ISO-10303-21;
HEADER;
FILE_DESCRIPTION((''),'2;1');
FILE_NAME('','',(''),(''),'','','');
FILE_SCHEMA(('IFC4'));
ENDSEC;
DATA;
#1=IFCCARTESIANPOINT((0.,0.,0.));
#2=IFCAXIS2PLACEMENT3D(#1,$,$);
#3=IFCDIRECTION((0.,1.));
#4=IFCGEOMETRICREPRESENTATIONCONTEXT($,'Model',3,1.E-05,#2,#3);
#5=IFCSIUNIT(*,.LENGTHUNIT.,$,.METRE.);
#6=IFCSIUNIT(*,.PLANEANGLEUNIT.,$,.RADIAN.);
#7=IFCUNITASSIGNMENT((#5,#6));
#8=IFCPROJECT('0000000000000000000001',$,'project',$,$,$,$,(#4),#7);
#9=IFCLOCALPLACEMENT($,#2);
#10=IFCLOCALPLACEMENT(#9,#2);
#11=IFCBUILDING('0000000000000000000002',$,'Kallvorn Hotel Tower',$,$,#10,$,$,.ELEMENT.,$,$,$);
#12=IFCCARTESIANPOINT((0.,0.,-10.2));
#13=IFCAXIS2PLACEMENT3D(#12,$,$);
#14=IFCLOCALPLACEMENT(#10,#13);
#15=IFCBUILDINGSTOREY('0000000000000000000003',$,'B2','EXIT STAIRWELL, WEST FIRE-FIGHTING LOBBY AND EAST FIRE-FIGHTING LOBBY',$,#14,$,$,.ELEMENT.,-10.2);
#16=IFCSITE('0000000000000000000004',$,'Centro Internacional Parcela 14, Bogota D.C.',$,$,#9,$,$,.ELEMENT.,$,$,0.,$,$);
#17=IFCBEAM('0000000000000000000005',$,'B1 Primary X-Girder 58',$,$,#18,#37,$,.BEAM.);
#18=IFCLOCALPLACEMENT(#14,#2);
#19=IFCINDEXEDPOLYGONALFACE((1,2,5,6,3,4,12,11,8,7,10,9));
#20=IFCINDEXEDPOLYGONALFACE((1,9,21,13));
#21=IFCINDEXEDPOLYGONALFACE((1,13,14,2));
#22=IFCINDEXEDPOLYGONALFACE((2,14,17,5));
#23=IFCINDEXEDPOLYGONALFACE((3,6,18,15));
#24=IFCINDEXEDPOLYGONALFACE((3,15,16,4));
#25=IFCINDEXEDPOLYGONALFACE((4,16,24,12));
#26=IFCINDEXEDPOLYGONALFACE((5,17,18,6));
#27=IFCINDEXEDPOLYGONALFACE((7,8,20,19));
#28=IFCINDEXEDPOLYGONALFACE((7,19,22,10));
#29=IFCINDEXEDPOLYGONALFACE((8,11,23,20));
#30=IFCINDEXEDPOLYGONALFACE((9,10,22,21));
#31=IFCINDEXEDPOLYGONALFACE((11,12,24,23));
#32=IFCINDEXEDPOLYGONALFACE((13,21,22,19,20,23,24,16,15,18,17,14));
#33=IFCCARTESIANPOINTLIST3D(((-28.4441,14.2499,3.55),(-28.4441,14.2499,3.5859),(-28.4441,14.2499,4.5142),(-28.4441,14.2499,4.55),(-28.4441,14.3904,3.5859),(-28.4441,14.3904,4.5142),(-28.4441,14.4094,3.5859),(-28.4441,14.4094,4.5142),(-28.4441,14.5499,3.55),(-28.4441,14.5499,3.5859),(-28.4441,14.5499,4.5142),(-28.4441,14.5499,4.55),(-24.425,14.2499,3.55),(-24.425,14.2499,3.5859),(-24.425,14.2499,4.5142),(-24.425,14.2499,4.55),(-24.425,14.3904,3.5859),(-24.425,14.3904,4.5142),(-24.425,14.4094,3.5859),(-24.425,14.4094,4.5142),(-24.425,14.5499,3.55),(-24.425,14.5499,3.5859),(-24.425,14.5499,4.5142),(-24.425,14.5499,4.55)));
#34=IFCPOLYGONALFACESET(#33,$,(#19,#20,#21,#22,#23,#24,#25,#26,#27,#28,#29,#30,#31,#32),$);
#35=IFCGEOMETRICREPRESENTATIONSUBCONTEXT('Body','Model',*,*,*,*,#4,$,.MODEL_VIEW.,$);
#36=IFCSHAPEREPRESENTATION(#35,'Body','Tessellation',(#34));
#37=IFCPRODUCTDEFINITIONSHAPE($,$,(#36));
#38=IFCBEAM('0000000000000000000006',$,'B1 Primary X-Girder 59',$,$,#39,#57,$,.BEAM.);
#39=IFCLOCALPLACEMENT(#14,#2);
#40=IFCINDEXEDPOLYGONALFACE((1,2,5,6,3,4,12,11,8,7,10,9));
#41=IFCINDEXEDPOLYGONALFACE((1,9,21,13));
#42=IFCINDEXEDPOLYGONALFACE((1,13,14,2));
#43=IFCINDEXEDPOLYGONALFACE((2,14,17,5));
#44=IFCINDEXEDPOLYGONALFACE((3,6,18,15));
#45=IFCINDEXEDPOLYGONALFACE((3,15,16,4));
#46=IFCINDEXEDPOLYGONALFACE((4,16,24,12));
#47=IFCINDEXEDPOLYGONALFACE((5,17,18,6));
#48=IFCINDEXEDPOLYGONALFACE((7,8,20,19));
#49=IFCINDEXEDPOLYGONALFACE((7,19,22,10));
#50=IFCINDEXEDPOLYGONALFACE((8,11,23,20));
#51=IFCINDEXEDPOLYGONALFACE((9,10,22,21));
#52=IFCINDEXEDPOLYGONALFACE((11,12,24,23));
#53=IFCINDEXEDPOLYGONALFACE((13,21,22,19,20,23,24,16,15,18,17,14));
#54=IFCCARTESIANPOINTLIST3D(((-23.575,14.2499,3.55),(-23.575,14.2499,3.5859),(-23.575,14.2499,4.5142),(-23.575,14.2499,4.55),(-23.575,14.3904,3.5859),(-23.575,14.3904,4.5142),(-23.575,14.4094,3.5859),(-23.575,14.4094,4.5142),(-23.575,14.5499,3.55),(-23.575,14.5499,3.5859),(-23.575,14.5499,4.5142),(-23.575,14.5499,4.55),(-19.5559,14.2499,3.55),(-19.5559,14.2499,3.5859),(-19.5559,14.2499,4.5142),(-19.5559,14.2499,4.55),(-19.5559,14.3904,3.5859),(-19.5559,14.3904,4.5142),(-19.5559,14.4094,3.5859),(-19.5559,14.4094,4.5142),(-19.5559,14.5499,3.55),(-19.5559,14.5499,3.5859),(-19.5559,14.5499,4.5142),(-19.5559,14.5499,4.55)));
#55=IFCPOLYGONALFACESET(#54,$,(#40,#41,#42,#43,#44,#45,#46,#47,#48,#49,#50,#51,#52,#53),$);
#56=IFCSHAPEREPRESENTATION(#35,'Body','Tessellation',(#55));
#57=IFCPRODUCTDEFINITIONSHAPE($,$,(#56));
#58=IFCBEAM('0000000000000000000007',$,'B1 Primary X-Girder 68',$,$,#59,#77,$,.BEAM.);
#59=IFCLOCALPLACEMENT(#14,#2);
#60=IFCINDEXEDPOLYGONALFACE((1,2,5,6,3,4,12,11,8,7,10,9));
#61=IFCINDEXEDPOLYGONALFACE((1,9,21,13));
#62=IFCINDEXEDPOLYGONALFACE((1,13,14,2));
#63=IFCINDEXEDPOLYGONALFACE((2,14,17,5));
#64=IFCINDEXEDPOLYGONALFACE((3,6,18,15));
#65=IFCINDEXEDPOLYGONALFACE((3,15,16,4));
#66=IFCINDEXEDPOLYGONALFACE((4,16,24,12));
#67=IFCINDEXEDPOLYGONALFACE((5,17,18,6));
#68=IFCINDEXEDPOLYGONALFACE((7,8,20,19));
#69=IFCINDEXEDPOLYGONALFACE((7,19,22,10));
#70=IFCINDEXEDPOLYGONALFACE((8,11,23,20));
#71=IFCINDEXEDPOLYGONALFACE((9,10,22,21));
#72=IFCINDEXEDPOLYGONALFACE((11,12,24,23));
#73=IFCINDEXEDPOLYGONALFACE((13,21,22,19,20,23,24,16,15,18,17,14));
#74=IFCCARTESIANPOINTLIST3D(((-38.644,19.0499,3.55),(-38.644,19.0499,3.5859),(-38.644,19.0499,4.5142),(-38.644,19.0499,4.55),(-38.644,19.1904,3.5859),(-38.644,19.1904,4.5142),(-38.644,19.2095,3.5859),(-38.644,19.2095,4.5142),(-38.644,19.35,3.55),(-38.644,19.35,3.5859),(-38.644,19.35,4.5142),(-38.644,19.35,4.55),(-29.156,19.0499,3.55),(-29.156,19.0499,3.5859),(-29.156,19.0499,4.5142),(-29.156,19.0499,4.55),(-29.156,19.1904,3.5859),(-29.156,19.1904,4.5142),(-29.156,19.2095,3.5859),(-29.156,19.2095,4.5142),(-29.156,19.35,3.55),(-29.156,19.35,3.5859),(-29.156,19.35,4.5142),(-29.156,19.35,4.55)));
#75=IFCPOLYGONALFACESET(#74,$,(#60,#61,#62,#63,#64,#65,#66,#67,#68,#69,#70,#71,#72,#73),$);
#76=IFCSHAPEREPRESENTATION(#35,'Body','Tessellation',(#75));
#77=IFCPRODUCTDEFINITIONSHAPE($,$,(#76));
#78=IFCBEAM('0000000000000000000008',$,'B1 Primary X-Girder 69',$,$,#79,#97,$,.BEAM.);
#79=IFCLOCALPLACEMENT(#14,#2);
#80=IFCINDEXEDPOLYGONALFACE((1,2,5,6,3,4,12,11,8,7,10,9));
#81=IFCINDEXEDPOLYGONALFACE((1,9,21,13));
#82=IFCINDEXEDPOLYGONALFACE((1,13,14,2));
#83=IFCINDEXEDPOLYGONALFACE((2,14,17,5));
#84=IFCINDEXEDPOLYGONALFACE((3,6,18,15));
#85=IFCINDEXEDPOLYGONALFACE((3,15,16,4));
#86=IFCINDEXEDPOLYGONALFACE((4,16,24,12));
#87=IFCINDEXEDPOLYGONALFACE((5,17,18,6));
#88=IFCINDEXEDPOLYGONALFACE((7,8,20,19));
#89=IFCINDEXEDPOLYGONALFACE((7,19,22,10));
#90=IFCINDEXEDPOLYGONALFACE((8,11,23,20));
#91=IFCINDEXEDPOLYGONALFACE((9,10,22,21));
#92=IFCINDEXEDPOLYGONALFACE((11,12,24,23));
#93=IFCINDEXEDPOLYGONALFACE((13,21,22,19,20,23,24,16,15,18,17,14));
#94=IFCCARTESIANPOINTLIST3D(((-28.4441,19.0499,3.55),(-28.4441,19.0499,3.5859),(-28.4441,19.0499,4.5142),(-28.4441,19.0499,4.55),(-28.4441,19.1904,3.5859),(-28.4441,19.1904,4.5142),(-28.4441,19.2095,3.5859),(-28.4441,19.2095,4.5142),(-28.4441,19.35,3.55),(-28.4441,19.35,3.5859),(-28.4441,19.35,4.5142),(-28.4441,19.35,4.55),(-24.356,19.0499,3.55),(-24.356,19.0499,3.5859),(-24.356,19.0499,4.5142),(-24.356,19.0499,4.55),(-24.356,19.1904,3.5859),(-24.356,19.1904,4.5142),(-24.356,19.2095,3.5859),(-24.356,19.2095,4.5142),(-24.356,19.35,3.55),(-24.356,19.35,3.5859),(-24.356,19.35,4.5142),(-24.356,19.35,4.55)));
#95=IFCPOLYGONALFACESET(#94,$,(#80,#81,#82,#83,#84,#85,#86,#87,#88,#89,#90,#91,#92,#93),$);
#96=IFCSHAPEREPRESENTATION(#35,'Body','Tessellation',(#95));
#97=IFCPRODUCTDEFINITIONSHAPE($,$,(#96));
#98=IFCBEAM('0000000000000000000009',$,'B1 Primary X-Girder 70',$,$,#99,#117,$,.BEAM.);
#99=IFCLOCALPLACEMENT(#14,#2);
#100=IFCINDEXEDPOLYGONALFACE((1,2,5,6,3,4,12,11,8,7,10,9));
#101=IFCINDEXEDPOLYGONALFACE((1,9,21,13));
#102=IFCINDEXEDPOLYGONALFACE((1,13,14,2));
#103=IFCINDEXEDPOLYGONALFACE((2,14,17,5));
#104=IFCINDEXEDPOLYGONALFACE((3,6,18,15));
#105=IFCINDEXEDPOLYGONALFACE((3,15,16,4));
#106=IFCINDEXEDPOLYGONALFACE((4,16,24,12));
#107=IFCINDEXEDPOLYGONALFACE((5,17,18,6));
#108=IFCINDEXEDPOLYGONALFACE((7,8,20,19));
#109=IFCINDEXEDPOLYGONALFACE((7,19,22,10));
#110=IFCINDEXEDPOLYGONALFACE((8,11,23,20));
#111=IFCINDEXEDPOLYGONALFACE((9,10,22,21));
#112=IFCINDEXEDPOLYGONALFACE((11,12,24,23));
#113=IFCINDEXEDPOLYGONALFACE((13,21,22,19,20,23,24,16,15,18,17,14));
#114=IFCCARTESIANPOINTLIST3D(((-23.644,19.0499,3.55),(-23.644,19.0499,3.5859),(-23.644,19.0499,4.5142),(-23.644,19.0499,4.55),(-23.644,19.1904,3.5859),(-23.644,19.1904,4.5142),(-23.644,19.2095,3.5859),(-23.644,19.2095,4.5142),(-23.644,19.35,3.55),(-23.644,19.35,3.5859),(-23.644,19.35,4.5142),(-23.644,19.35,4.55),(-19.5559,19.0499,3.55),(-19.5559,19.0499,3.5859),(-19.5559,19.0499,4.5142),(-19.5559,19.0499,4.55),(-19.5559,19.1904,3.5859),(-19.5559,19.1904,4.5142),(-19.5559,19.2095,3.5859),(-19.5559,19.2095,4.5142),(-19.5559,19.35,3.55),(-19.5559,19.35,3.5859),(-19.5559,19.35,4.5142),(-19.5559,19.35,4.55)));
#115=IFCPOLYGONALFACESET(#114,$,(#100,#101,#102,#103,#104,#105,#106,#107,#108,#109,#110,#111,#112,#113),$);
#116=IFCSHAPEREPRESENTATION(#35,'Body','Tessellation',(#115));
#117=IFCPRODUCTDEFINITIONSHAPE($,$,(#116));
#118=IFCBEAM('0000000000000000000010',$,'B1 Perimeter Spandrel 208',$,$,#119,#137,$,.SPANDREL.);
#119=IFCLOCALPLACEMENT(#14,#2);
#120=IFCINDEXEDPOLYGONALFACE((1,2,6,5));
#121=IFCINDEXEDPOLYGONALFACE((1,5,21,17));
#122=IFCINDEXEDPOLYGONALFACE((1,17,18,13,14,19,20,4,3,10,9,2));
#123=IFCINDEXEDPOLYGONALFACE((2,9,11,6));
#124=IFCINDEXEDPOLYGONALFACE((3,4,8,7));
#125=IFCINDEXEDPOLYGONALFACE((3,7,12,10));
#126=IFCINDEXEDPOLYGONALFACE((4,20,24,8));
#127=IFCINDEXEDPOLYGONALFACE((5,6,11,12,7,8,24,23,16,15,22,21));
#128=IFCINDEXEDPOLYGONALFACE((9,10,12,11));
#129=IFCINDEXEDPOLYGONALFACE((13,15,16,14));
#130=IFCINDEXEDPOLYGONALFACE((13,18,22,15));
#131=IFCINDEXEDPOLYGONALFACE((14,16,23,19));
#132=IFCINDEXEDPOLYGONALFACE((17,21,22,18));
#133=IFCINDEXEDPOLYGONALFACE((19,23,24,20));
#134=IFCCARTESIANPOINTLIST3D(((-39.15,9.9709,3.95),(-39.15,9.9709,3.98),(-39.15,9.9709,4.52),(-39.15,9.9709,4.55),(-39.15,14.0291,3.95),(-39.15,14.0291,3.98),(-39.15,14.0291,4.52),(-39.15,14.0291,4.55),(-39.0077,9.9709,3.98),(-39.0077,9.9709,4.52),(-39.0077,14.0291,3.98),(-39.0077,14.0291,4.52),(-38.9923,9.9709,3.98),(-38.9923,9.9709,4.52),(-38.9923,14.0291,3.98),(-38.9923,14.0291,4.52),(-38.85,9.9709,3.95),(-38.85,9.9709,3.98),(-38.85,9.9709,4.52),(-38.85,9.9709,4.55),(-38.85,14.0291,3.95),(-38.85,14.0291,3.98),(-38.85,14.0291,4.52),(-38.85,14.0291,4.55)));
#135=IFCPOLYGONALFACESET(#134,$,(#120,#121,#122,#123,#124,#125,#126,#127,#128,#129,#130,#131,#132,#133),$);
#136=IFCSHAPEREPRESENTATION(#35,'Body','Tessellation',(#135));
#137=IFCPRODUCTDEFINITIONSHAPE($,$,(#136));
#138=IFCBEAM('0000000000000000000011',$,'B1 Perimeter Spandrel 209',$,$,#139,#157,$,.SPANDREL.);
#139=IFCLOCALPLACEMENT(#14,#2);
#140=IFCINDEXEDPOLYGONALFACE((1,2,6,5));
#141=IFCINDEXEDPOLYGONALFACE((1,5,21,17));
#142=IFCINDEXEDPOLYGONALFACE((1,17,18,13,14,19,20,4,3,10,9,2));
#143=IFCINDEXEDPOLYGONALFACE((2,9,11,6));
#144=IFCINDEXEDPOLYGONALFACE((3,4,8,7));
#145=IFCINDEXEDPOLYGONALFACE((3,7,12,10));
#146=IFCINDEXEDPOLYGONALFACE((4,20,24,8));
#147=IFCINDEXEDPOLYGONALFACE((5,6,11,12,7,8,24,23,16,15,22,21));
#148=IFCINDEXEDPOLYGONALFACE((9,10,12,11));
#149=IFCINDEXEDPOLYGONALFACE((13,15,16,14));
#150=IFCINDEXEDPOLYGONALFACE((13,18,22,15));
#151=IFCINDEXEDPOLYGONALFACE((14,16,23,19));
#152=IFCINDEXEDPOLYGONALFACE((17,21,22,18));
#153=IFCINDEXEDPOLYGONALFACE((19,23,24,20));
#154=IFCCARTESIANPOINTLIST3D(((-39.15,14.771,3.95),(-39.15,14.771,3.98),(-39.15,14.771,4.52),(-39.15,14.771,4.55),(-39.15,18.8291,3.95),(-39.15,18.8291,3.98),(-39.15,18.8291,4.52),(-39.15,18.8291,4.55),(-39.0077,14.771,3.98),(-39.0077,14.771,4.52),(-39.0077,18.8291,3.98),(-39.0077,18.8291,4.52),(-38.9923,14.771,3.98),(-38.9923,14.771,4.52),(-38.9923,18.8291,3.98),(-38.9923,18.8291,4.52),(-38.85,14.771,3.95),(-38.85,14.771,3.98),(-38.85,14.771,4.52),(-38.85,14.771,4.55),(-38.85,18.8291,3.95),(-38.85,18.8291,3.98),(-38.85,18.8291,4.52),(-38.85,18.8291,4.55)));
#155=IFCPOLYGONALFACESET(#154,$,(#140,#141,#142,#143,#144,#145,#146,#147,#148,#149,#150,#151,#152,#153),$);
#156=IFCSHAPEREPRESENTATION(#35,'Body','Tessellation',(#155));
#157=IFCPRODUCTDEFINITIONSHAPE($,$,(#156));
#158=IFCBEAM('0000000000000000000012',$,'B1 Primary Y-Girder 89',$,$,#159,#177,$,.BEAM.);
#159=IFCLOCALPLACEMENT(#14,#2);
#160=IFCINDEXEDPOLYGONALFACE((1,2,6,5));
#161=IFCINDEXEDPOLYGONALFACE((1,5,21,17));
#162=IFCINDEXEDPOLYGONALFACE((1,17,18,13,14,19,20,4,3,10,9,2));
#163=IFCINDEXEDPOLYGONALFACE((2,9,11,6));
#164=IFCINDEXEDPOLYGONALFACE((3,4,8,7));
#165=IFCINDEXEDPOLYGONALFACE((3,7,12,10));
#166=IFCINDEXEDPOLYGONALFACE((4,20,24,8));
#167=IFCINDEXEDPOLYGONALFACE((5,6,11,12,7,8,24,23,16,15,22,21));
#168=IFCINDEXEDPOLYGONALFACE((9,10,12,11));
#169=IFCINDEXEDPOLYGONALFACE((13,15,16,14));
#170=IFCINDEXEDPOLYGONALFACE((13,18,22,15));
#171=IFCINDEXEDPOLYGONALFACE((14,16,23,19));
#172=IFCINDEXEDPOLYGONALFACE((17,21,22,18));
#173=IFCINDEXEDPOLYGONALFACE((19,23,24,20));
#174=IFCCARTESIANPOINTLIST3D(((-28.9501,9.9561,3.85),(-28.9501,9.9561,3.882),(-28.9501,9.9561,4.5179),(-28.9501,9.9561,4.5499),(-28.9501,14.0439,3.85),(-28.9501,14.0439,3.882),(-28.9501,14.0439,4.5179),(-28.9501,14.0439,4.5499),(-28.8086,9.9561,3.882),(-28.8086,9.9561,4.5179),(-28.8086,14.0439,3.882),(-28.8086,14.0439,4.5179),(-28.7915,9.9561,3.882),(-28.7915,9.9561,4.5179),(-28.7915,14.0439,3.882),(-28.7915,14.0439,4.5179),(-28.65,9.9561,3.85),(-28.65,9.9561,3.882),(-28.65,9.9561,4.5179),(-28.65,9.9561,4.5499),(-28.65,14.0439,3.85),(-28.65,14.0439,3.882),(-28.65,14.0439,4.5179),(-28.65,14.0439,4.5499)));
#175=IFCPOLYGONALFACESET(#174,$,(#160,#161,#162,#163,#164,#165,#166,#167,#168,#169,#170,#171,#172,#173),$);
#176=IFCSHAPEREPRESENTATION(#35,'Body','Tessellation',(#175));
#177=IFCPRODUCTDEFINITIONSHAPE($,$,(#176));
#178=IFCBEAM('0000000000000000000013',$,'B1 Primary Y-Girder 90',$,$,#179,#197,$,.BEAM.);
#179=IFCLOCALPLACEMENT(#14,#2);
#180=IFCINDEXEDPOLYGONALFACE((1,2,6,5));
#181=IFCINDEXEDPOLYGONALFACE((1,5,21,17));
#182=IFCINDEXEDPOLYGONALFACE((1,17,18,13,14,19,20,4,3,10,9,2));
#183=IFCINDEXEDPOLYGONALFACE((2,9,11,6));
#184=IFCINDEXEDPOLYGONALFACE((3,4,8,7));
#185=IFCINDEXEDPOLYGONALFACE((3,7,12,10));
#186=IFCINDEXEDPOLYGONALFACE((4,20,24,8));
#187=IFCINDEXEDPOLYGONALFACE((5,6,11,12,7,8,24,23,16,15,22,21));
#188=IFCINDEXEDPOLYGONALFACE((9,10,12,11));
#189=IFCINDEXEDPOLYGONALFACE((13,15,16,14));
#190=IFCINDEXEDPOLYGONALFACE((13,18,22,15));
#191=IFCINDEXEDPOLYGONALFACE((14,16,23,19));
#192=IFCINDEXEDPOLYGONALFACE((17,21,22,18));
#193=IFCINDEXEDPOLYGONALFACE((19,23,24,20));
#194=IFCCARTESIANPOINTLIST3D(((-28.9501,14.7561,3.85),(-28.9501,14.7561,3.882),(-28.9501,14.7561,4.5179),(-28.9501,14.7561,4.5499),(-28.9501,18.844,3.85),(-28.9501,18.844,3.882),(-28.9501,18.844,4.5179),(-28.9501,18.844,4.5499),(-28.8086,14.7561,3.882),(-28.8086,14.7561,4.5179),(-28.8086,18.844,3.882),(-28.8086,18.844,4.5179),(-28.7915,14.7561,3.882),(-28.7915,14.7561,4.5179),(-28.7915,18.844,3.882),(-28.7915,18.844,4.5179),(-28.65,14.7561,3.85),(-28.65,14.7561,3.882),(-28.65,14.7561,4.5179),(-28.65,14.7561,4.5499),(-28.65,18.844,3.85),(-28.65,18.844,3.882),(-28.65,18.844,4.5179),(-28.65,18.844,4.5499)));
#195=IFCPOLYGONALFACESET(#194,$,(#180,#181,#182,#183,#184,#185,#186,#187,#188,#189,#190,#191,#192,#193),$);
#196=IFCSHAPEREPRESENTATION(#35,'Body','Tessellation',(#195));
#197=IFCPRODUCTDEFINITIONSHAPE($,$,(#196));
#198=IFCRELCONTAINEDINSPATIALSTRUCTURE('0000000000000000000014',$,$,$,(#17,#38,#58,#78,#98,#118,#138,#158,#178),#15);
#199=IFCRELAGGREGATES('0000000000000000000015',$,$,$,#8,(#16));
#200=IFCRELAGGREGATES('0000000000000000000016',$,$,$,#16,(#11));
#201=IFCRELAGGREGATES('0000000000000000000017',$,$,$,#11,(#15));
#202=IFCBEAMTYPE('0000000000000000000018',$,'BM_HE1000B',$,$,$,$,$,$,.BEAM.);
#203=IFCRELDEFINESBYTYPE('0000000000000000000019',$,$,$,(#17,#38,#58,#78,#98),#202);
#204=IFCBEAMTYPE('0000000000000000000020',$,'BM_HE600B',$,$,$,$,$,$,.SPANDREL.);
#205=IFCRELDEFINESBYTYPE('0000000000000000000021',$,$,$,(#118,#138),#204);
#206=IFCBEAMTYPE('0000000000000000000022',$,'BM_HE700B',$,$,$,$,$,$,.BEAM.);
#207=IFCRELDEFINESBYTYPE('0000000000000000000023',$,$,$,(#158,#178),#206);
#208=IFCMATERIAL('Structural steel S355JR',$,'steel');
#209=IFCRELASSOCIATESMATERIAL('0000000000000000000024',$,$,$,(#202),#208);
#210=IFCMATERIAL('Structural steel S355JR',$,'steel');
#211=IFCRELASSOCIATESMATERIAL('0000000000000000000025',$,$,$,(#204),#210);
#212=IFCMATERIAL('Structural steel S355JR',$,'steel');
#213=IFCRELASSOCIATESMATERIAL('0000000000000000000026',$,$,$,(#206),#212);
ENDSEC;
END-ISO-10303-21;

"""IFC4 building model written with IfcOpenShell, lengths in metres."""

from ifc_helpers import new_model, si_unit, direction, frame, origin, origin_2d, place, context, subcontext, project, spatial, i_section, extrude, material, material_profile, profile_set, type_object, element, save


model = new_model("IFC4")

# Units and contexts
model_context = context("Model", 3, precision=1e-05, world=origin(), true_north=direction((0.0, 1.0)))
body_context = subcontext(model_context, "Body", "Model", "MODEL_VIEW")
ifc_project = project(units=[si_unit("LENGTHUNIT", "METRE"), si_unit("PLANEANGLEUNIT", "RADIAN")], contexts=[model_context])

# Site, building, storey
site_placement = place(None, origin())
site = spatial("IfcSite", under=ifc_project, at=site_placement, Name="Centro Internacional Parcela 14, Bogota D.C.", CompositionType="ELEMENT", RefElevation=0.0)
building_placement = place(site_placement, origin())
building = spatial("IfcBuilding", under=site, at=building_placement, Name="Kallvorn Hotel Tower", CompositionType="ELEMENT")
storey_placement = place(building_placement, frame((0.0, 0.0, -10.2)))
storey = spatial("IfcBuildingStorey", under=building, at=storey_placement, Name="B2", Description="EXIT STAIRWELL, WEST FIRE-FIGHTING LOBBY AND EAST FIRE-FIGHTING LOBBY", CompositionType="ELEMENT", Elevation=-10.2)

# Beams
ifc_material_1 = material(Name="Structural steel S355JR", Category="steel")
ifc_material_profile_1 = material_profile(ifc_material_1, i_section(OverallWidth=0.3, OverallDepth=1.0, WebThickness=0.019, FlangeThickness=0.0359, at=origin_2d()), Name="HE 1000 B")
ifc_profile_set_1 = profile_set([ifc_material_profile_1], Name="Structural steel S355JR")
beam_type_1 = type_object("IfcBeamType", Name="BM_HE1000B", PredefinedType="BEAM", material=ifc_profile_set_1)
for number, where, z_axis, x_axis, name in (
    (1, (-28.4441, 14.3999, 4.05), (1.0, 0.0, 0.0), (0.0, 1.0, 0.0), "B1 Primary X-Girder 58"),
    (2, (-23.575, 14.3999, 4.05), (1.0, 0.0, 0.0), (0.0, 1.0, 0.0), "B1 Primary X-Girder 59"),
):
    element("IfcBeam", number, at=place(storey_placement, frame(where, z_axis=z_axis, x_axis=x_axis)), inside=storey, type_object=beam_type_1, Name=name, PredefinedType="BEAM", context=body_context, shape_type="SweptSolid", body=[
        extrude(i_section(OverallWidth=0.3, OverallDepth=1.0, WebThickness=0.019, FlangeThickness=0.0359, at=origin_2d()), origin(), (0.0, 0.0, 1.0), 4.019),
    ])
beam_1_placement = place(storey_placement, frame((-38.644, 19.2, 4.05), z_axis=(1.0, 0.0, 0.0), x_axis=(0.0, 1.0, 0.0)))
element("IfcBeam", 3, at=beam_1_placement, inside=storey, type_object=beam_type_1, Name="B1 Primary X-Girder 68", PredefinedType="BEAM", context=body_context, shape_type="SweptSolid", body=[
    extrude(i_section(OverallWidth=0.3, OverallDepth=1.0, WebThickness=0.019, FlangeThickness=0.0359, at=origin_2d()), origin(), (0.0, 0.0, 1.0), 9.488),
])
for number, where, z_axis, x_axis, name in (
    (4, (-28.4441, 19.2, 4.05), (1.0, 0.0, 0.0), (0.0, 1.0, 0.0), "B1 Primary X-Girder 69"),
    (5, (-23.644, 19.2, 4.05), (1.0, 0.0, 0.0), (0.0, 1.0, 0.0), "B1 Primary X-Girder 70"),
):
    element("IfcBeam", number, at=place(storey_placement, frame(where, z_axis=z_axis, x_axis=x_axis)), inside=storey, type_object=beam_type_1, Name=name, PredefinedType="BEAM", context=body_context, shape_type="SweptSolid", body=[
        extrude(i_section(OverallWidth=0.3, OverallDepth=1.0, WebThickness=0.019, FlangeThickness=0.0359, at=origin_2d()), origin(), (0.0, 0.0, 1.0), 4.0881),
    ])
ifc_material_2 = material(Name="Structural steel S355JR", Category="steel")
ifc_material_profile_2 = material_profile(ifc_material_2, i_section(OverallWidth=0.3, OverallDepth=0.6001, WebThickness=0.0154, FlangeThickness=0.03, at=origin_2d()), Name="HE 600 B")
ifc_profile_set_2 = profile_set([ifc_material_profile_2], Name="Structural steel S355JR")
beam_type_2 = type_object("IfcBeamType", Name="BM_HE600B", PredefinedType="SPANDREL", material=ifc_profile_set_2)
for number, where, z_axis, x_axis, name in (
    (6, (-39.0, 9.9709, 4.25), (0.0, 1.0, 0.0), (-1.0, 0.0, 0.0), "B1 Perimeter Spandrel 208"),
    (7, (-39.0, 14.771, 4.25), (0.0, 1.0, 0.0), (-1.0, 0.0, 0.0), "B1 Perimeter Spandrel 209"),
):
    element("IfcBeam", number, at=place(storey_placement, frame(where, z_axis=z_axis, x_axis=x_axis)), inside=storey, type_object=beam_type_2, Name=name, PredefinedType="SPANDREL", context=body_context, shape_type="SweptSolid", body=[
        extrude(i_section(OverallWidth=0.3, OverallDepth=0.6001, WebThickness=0.0154, FlangeThickness=0.03, at=origin_2d()), origin(), (0.0, 0.0, 1.0), 4.0581),
    ])
ifc_material_3 = material(Name="Structural steel S355JR", Category="steel")
ifc_material_profile_3 = material_profile(ifc_material_3, i_section(OverallWidth=0.3, OverallDepth=0.7, WebThickness=0.0171, FlangeThickness=0.032, at=origin_2d()), Name="HE 700 B")
ifc_profile_set_3 = profile_set([ifc_material_profile_3], Name="Structural steel S355JR")
beam_type_3 = type_object("IfcBeamType", Name="BM_HE700B", PredefinedType="BEAM", material=ifc_profile_set_3)
for number, where, z_axis, x_axis, name in (
    (8, (-28.8, 9.9561, 4.2), (0.0, 1.0, 0.0), (-1.0, 0.0, 0.0), "B1 Primary Y-Girder 89"),
    (9, (-28.8, 14.7561, 4.2), (0.0, 1.0, 0.0), (-1.0, 0.0, 0.0), "B1 Primary Y-Girder 90"),
):
    element("IfcBeam", number, at=place(storey_placement, frame(where, z_axis=z_axis, x_axis=x_axis)), inside=storey, type_object=beam_type_3, Name=name, PredefinedType="BEAM", context=body_context, shape_type="SweptSolid", body=[
        extrude(i_section(OverallWidth=0.3, OverallDepth=0.7, WebThickness=0.0171, FlangeThickness=0.032, at=origin_2d()), origin(), (0.0, 0.0, 1.0), 4.0879),
    ])

save(model, "model.ifc")
